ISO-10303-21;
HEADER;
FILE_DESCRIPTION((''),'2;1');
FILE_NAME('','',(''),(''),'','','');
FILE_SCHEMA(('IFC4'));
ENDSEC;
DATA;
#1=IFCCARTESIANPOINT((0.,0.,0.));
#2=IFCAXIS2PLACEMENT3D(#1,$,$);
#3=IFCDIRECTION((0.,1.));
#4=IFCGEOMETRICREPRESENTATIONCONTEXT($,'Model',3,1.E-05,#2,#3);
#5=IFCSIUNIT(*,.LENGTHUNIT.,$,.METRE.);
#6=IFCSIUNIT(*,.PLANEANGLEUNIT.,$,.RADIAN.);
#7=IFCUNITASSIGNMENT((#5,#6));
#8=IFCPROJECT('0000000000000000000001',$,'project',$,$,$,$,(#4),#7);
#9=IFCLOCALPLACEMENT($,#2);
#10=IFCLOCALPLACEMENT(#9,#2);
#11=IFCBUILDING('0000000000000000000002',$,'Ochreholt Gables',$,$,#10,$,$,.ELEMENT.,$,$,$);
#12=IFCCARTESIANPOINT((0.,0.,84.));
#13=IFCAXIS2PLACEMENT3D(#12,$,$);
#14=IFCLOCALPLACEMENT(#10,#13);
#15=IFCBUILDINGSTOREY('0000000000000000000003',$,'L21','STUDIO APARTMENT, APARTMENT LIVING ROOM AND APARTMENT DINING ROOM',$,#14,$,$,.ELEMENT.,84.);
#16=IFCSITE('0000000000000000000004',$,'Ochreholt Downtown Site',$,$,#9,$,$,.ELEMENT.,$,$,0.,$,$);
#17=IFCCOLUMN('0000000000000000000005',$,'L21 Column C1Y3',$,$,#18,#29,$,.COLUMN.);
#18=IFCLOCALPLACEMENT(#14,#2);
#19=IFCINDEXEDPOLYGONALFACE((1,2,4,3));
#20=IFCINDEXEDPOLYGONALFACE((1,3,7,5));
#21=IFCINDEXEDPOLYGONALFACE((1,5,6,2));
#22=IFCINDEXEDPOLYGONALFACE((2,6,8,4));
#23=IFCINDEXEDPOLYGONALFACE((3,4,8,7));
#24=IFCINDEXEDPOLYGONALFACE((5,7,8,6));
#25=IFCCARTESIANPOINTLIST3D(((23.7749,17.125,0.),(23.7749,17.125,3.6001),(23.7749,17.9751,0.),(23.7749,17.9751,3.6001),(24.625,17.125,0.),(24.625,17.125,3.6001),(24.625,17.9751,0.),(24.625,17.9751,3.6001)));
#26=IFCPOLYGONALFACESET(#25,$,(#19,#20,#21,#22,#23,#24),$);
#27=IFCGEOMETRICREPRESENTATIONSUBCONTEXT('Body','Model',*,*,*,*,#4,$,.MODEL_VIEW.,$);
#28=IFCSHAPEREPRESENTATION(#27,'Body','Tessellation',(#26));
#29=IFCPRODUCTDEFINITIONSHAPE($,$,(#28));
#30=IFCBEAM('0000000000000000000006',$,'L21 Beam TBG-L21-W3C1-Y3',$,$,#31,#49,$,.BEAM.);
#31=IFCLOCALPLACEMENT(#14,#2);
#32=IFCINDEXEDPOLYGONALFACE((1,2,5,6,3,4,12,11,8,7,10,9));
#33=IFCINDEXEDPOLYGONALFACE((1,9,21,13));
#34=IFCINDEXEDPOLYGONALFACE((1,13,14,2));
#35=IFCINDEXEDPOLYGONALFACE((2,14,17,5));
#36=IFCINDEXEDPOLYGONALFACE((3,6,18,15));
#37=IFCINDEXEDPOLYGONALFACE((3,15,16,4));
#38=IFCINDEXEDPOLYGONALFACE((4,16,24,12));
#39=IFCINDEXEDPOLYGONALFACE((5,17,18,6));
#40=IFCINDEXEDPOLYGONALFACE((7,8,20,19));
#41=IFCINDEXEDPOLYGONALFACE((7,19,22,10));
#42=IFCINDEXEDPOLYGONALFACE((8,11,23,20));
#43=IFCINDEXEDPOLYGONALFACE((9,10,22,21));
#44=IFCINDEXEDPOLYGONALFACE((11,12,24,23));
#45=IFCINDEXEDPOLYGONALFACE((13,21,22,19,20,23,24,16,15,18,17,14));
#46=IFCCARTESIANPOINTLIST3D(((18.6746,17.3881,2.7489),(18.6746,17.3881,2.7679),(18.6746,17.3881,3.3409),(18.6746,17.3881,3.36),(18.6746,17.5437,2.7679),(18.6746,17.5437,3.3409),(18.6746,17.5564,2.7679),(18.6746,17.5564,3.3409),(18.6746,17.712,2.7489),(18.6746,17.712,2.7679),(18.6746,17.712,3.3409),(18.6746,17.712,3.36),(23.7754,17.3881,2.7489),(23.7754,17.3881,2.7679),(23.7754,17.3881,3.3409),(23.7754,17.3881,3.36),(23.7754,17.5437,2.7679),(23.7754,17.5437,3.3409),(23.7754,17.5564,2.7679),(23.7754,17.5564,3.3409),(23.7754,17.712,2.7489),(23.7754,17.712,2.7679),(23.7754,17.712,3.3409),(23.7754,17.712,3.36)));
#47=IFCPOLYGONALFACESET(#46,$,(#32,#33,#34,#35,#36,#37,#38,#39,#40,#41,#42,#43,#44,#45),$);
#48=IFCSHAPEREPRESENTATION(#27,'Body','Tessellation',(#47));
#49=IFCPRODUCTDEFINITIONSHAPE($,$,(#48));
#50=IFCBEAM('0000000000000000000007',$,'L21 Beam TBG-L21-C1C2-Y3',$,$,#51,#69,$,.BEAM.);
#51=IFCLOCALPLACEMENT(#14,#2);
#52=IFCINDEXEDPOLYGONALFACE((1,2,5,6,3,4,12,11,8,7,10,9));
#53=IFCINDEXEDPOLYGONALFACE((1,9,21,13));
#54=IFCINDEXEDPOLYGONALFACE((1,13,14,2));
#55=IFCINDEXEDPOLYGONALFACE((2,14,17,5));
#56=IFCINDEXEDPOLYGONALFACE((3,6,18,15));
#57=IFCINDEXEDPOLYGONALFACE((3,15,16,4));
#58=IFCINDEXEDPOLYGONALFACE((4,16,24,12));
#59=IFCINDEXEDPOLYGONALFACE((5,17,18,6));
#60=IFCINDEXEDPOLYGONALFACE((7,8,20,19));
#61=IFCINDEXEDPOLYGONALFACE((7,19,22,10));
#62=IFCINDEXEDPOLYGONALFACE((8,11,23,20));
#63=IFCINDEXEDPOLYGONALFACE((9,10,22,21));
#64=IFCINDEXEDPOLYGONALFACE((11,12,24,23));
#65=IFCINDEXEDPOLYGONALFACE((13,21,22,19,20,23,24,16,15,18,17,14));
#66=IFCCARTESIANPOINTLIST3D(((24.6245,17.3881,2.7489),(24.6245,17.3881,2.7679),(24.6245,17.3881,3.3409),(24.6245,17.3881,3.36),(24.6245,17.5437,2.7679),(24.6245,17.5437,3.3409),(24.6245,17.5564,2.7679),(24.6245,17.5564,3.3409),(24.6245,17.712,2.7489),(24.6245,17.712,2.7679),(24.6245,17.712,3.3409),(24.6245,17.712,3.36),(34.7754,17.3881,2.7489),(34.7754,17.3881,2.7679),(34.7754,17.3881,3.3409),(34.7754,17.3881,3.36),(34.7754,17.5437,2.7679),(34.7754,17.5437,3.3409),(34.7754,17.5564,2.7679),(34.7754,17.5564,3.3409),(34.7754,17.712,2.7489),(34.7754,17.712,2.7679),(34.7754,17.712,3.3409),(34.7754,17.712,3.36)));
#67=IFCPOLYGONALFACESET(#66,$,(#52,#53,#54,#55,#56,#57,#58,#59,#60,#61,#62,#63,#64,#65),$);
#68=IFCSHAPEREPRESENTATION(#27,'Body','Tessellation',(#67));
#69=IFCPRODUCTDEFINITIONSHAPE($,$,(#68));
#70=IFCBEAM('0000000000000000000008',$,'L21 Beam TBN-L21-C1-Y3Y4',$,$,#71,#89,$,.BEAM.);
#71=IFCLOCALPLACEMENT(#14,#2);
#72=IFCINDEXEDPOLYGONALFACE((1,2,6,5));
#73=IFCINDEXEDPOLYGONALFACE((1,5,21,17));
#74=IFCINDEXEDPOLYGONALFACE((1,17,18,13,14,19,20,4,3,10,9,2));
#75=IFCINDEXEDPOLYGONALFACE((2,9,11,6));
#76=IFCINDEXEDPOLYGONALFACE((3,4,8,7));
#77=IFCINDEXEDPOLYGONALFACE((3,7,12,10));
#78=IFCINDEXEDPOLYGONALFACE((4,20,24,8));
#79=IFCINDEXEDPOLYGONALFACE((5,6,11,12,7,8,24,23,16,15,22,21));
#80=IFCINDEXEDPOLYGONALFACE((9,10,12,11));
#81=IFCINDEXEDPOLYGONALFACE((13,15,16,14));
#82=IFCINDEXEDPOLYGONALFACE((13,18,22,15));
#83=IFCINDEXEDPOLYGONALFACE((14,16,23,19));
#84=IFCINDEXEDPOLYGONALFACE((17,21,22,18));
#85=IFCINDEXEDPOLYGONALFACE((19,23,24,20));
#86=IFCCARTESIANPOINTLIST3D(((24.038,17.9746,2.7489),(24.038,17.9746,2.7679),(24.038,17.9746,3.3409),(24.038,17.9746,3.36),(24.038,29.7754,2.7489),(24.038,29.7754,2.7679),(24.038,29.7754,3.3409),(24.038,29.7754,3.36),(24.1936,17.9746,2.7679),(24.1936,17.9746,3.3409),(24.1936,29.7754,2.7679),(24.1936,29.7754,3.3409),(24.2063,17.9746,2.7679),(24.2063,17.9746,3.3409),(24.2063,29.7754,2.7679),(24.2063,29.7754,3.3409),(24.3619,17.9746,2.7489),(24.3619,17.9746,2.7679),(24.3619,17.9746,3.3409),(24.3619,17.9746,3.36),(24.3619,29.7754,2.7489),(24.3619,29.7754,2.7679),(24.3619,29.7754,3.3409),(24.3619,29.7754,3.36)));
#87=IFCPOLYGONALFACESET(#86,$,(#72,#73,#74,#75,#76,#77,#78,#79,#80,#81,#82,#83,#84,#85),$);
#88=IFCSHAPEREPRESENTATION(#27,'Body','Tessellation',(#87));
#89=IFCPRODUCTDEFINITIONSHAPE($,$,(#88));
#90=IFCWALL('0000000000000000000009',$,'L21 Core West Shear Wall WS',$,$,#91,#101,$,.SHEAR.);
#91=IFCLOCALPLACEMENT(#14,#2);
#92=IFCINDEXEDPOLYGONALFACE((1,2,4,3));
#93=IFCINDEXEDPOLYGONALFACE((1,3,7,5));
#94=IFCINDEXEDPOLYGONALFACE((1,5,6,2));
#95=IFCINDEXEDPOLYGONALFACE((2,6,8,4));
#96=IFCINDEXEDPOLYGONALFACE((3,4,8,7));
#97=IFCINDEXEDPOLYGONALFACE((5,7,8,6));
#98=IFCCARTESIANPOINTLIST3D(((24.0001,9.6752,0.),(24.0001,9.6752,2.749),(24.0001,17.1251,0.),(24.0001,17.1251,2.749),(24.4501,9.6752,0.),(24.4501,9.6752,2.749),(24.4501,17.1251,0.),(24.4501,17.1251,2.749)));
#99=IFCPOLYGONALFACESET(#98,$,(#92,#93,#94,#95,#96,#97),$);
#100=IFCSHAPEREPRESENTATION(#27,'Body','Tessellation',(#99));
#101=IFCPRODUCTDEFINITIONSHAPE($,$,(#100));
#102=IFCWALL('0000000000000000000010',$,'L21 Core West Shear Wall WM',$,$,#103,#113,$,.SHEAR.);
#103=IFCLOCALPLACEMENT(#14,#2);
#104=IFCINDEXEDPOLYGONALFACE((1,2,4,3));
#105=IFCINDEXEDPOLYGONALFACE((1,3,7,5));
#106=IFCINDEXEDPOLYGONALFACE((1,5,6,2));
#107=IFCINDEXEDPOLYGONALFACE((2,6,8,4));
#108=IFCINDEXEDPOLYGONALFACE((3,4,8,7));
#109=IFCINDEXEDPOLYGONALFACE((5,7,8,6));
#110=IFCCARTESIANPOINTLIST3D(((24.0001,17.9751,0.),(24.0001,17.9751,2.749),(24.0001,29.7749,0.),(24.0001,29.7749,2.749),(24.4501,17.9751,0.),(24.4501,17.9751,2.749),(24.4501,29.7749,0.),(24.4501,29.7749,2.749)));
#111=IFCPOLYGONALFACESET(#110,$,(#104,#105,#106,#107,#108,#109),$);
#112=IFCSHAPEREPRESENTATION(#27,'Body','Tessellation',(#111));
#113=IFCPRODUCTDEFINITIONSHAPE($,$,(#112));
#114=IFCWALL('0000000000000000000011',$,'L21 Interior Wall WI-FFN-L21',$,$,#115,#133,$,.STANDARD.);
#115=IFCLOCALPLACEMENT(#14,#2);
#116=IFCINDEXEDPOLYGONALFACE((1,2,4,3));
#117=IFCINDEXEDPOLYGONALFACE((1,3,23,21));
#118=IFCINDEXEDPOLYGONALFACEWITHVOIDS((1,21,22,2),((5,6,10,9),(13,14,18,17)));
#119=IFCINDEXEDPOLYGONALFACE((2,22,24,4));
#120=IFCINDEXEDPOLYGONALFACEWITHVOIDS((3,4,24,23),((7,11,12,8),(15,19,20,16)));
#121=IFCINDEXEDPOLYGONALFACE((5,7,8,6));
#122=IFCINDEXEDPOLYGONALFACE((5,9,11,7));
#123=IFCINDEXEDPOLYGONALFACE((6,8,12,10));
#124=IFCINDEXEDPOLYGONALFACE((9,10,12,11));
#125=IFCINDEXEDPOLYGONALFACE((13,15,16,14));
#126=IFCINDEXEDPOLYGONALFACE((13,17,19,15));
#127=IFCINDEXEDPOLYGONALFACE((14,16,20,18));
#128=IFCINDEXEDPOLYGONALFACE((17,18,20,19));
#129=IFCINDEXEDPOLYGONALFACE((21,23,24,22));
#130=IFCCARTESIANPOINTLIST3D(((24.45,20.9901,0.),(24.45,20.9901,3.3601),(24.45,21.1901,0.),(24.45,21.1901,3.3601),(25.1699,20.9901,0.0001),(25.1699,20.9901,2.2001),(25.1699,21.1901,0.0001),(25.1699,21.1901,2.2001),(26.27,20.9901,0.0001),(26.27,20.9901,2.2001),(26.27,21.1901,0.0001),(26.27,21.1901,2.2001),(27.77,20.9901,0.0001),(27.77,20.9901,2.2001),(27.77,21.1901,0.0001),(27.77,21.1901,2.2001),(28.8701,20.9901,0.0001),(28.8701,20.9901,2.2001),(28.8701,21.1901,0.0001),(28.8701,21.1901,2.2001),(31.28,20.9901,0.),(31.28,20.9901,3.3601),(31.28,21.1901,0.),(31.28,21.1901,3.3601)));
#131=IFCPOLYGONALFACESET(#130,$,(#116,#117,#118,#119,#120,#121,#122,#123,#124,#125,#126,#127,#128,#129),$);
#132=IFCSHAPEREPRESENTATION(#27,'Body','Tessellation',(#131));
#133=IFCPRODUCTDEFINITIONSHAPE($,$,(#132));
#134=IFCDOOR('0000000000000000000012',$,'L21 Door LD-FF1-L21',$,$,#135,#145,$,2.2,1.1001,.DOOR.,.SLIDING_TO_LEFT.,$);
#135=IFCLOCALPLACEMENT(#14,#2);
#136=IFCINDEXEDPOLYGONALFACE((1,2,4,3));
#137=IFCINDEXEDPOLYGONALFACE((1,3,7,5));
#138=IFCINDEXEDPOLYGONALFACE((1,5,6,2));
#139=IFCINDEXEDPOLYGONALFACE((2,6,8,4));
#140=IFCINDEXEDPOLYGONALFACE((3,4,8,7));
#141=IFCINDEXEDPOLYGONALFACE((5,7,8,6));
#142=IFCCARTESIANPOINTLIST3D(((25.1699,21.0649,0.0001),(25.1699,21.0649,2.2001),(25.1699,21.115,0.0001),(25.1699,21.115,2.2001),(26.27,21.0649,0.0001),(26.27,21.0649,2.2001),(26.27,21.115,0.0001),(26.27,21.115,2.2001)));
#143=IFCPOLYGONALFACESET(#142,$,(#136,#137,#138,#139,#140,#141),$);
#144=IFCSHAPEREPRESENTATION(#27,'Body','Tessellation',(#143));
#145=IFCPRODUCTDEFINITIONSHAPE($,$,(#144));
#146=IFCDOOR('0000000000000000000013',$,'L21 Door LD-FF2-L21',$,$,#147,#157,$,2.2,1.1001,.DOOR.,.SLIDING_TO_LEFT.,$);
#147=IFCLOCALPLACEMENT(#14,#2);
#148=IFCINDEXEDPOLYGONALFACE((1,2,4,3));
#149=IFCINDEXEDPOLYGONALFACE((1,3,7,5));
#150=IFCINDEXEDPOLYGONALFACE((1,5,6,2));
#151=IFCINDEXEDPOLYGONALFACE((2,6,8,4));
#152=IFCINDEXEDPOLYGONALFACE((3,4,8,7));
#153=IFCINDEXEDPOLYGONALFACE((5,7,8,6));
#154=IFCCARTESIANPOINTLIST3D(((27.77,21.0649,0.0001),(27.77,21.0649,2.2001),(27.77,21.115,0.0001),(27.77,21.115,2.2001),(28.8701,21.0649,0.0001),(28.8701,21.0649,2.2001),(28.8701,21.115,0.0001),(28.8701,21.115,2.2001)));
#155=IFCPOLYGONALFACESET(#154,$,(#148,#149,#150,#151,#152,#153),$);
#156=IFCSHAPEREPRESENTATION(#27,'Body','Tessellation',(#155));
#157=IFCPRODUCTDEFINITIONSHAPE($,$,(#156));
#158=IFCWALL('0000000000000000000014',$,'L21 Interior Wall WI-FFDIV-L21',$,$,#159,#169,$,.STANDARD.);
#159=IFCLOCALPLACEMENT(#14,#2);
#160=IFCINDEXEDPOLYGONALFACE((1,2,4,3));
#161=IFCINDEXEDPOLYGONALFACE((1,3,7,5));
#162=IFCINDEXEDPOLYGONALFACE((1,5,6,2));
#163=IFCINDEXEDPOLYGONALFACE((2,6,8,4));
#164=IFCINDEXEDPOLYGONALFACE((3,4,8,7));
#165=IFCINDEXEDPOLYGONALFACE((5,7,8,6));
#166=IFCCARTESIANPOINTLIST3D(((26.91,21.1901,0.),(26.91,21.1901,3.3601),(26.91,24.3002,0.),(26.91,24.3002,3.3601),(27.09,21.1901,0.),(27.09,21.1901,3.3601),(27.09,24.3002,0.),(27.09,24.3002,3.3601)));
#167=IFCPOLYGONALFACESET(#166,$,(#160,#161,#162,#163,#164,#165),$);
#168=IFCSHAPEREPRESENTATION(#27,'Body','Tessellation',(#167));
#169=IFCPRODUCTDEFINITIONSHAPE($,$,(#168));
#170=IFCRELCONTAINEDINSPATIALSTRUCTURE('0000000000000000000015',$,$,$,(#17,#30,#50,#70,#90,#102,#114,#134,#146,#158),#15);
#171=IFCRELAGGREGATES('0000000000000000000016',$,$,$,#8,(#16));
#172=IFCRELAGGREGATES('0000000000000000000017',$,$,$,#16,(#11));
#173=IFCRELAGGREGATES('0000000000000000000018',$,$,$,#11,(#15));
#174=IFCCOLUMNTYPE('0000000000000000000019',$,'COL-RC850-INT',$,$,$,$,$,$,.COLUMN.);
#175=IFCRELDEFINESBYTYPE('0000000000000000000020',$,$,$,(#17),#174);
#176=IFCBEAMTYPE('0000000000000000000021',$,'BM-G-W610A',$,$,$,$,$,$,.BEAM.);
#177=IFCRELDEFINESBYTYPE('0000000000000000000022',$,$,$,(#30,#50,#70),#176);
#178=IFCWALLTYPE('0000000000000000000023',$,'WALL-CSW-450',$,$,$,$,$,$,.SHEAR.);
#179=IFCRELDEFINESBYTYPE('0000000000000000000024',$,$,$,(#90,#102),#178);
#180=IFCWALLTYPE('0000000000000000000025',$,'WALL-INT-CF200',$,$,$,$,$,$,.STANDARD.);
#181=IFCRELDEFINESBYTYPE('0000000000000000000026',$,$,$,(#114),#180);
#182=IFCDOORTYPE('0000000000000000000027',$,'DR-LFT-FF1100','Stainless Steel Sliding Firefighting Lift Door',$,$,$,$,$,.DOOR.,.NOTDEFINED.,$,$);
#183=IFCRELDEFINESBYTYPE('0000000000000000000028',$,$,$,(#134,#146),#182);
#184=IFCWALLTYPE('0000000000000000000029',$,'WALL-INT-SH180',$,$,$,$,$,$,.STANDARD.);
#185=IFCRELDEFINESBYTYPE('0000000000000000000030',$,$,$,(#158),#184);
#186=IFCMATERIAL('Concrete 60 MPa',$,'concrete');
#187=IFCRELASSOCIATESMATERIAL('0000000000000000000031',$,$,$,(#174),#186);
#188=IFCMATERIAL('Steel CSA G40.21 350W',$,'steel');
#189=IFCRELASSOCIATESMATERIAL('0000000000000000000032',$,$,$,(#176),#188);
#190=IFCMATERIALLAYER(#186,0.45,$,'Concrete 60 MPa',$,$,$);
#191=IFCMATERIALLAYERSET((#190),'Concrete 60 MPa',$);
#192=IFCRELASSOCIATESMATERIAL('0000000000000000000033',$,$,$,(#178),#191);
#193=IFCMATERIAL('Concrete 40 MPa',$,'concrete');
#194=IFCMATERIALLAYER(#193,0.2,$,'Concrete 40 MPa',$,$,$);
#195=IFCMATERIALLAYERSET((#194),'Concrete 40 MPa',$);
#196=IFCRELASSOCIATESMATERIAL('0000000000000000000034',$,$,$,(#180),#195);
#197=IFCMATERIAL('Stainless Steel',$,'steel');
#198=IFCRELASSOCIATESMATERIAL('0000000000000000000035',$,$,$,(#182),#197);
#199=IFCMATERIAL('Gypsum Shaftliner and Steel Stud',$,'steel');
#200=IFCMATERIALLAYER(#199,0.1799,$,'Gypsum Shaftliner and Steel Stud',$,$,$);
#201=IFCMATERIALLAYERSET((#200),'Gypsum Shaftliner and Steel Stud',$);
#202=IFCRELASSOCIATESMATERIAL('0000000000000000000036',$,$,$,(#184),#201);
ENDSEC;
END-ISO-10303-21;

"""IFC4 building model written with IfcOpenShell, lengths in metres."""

from ifc_helpers import new_model, si_unit, direction, frame, frame_2d, origin, origin_2d, place, context, subcontext, project, spatial, rectangle, i_section, extrude, material, layer, layer_set, material_profile, profile_set, type_object, element, fill, save


model = new_model("IFC4")

# Units and contexts
model_context = context("Model", 3, precision=1e-05, world=origin(), true_north=direction((0.0, 1.0)))
body_context = subcontext(model_context, "Body", "Model", "MODEL_VIEW")
ifc_project = project(units=[si_unit("LENGTHUNIT", "METRE"), si_unit("PLANEANGLEUNIT", "RADIAN")], contexts=[model_context])

# Site, building, storey
site_placement = place(None, origin())
site = spatial("IfcSite", under=ifc_project, at=site_placement, Name="Ochreholt Downtown Site", CompositionType="ELEMENT", RefElevation=0.0)
building_placement = place(site_placement, origin())
building = spatial("IfcBuilding", under=site, at=building_placement, Name="Ochreholt Gables", CompositionType="ELEMENT")
storey_placement = place(building_placement, frame((0.0, 0.0, 84.0)))
storey = spatial("IfcBuildingStorey", under=building, at=storey_placement, Name="L21", Description="STUDIO APARTMENT, APARTMENT LIVING ROOM AND APARTMENT DINING ROOM", CompositionType="ELEMENT", Elevation=84.0)

# Column
ifc_material_1 = material(Name="Concrete 60 MPa", Category="concrete")
ifc_material_profile_1 = material_profile(ifc_material_1, rectangle(XDim=0.8501, YDim=0.8501, at=origin_2d()), Name="RC850X850")
ifc_profile_set_1 = profile_set([ifc_material_profile_1], Name="Concrete 60 MPa")
column_type = type_object("IfcColumnType", Name="COL-RC850-INT", PredefinedType="COLUMN", material=ifc_profile_set_1)
column_placement = place(storey_placement, frame((24.2, 17.55, 0.0), z_axis=(0.0, 0.0, 1.0), x_axis=(1.0, 0.0, 0.0)))
element("IfcColumn", 1, at=column_placement, inside=storey, type_object=column_type, Name="L21 Column C1Y3", PredefinedType="COLUMN", context=body_context, shape_type="SweptSolid", body=[
    extrude(rectangle(XDim=0.8501, YDim=0.8501, at=origin_2d()), origin(), (0.0, 0.0, 1.0), 3.6001),
])

# Beams
ifc_material_2 = material(Name="Steel CSA G40.21 350W", Category="steel")
ifc_material_profile_2 = material_profile(ifc_material_2, i_section(OverallWidth=0.324, OverallDepth=0.6111, WebThickness=0.0127, FlangeThickness=0.019, at=origin_2d()), Name="W610X155")
ifc_profile_set_2 = profile_set([ifc_material_profile_2], Name="Steel CSA G40.21 350W")
beam_type = type_object("IfcBeamType", Name="BM-G-W610A", PredefinedType="BEAM", material=ifc_profile_set_2)
beam_1_placement = place(storey_placement, frame((18.6746, 17.55, 3.0544), z_axis=(1.0, 0.0, 0.0), x_axis=(0.0, 1.0, 0.0)))
element("IfcBeam", 2, at=beam_1_placement, inside=storey, type_object=beam_type, Name="L21 Beam TBG-L21-W3C1-Y3", PredefinedType="BEAM", context=body_context, shape_type="SweptSolid", body=[
    extrude(i_section(OverallWidth=0.324, OverallDepth=0.6111, WebThickness=0.0127, FlangeThickness=0.019, at=origin_2d()), origin(), (0.0, 0.0, 1.0), 5.1008),
])
beam_2_placement = place(storey_placement, frame((24.6245, 17.55, 3.0544), z_axis=(1.0, 0.0, 0.0), x_axis=(0.0, 1.0, 0.0)))
element("IfcBeam", 3, at=beam_2_placement, inside=storey, type_object=beam_type, Name="L21 Beam TBG-L21-C1C2-Y3", PredefinedType="BEAM", context=body_context, shape_type="SweptSolid", body=[
    extrude(i_section(OverallWidth=0.324, OverallDepth=0.6111, WebThickness=0.0127, FlangeThickness=0.019, at=origin_2d()), origin(), (0.0, 0.0, 1.0), 10.1509),
])
beam_3_placement = place(storey_placement, frame((24.2, 17.9746, 3.0544), z_axis=(0.0, 1.0, 0.0), x_axis=(-1.0, 0.0, 0.0)))
element("IfcBeam", 4, at=beam_3_placement, inside=storey, type_object=beam_type, Name="L21 Beam TBN-L21-C1-Y3Y4", PredefinedType="BEAM", context=body_context, shape_type="SweptSolid", body=[
    extrude(i_section(OverallWidth=0.324, OverallDepth=0.6111, WebThickness=0.0127, FlangeThickness=0.019, at=origin_2d()), origin(), (0.0, 0.0, 1.0), 11.8008),
])

# Walls
ifc_layer_1 = layer(ifc_material_1, 0.45, Name="Concrete 60 MPa")
ifc_layer_set_1 = layer_set([ifc_layer_1], Name="Concrete 60 MPa")
wall_type_1 = type_object("IfcWallType", Name="WALL-CSW-450", PredefinedType="SHEAR", material=ifc_layer_set_1)
wall_1_placement = place(storey_placement, frame((24.2251, 9.675, 0.0), z_axis=(0.0, 0.0, 1.0), x_axis=(0.0, 1.0, 0.0)))
element("IfcWall", 5, at=wall_1_placement, inside=storey, type_object=wall_type_1, Name="L21 Core West Shear Wall WS", PredefinedType="SHEAR", context=body_context, shape_type="SweptSolid", body=[
    extrude(rectangle(XDim=7.45, YDim=0.45, at=frame_2d((3.7251, 0.0))), origin(), (0.0, 0.0, 1.0), 2.749),
])
wall_2_placement = place(storey_placement, frame((24.2251, 17.9751, 0.0), z_axis=(0.0, 0.0, 1.0), x_axis=(0.0, 1.0, 0.0)))
element("IfcWall", 6, at=wall_2_placement, inside=storey, type_object=wall_type_1, Name="L21 Core West Shear Wall WM", PredefinedType="SHEAR", context=body_context, shape_type="SweptSolid", body=[
    extrude(rectangle(XDim=11.7998, YDim=0.45, at=frame_2d((5.8999, 0.0))), origin(), (0.0, 0.0, 1.0), 2.749),
])

# Wall, openings, doors
ifc_material_3 = material(Name="Concrete 40 MPa", Category="concrete")
ifc_layer_2 = layer(ifc_material_3, 0.2, Name="Concrete 40 MPa")
ifc_layer_set_2 = layer_set([ifc_layer_2], Name="Concrete 40 MPa")
wall_type_2 = type_object("IfcWallType", Name="WALL-INT-CF200", PredefinedType="STANDARD", material=ifc_layer_set_2)
wall_3_placement = place(storey_placement, frame((24.45, 21.0901, 0.0), z_axis=(0.0, 0.0, 1.0), x_axis=(1.0, 0.0, 0.0)))
wall_3 = element("IfcWall", 7, at=wall_3_placement, inside=storey, type_object=wall_type_2, Name="L21 Interior Wall WI-FFN-L21", PredefinedType="STANDARD", context=body_context, shape_type="SweptSolid", body=[
    extrude(rectangle(XDim=6.8301, YDim=0.2, at=frame_2d((3.415, 0.0))), origin(), (0.0, 0.0, 1.0), 3.3601),
])
opening_1_placement = place(wall_3_placement, frame((0.72, 0.0, 0.0)))
opening_1 = element("IfcOpeningElement", 8, at=opening_1_placement, cuts=wall_3, PredefinedType="OPENING", context=body_context, shape_type="SweptSolid", body=[
    extrude(rectangle(XDim=1.1001, YDim=2.2, at=frame_2d((0.55, 1.1001))), frame((0.0, 0.1099, 0.0), z_axis=(0.0, -1.0, 0.0), x_axis=(1.0, 0.0, 0.0)), (0.0, 0.0, 1.0), 0.22),
])
opening_2_placement = place(wall_3_placement, frame((3.3201, 0.0, 0.0)))
opening_2 = element("IfcOpeningElement", 9, at=opening_2_placement, cuts=wall_3, PredefinedType="OPENING", context=body_context, shape_type="SweptSolid", body=[
    extrude(rectangle(XDim=1.1001, YDim=2.2, at=frame_2d((0.55, 1.1001))), frame((0.0, 0.1099, 0.0), z_axis=(0.0, -1.0, 0.0), x_axis=(1.0, 0.0, 0.0)), (0.0, 0.0, 1.0), 0.22),
])
ifc_material_4 = material(Name="Stainless Steel", Category="steel")
door_type_1 = type_object("IfcDoorType", Name="DR-LFT-FF1100", Description="Stainless Steel Sliding Firefighting Lift Door", OperationType="NOTDEFINED", PredefinedType="DOOR", material=ifc_material_4)
door_1_placement = place(opening_1_placement, origin())
door_1 = element("IfcDoor", 10, at=door_1_placement, inside=storey, type_object=door_type_1, Name="L21 Door LD-FF1-L21", OperationType="SLIDING_TO_LEFT", OverallHeight=2.2, OverallWidth=1.1001, PredefinedType="DOOR", context=body_context, shape_type="SweptSolid", body=[
    extrude(rectangle(XDim=1.1001, YDim=2.2, at=frame_2d((0.55, 1.1001))), frame((0.0, 0.0249, 0.0), z_axis=(0.0, -1.0, 0.0), x_axis=(1.0, 0.0, 0.0)), (0.0, 0.0, 1.0), 0.05),
])
fill(opening_1, door_1)
door_2_placement = place(opening_2_placement, origin())
door_2 = element("IfcDoor", 11, at=door_2_placement, inside=storey, type_object=door_type_1, Name="L21 Door LD-FF2-L21", OperationType="SLIDING_TO_LEFT", OverallHeight=2.2, OverallWidth=1.1001, PredefinedType="DOOR", context=body_context, shape_type="SweptSolid", body=[
    extrude(rectangle(XDim=1.1001, YDim=2.2, at=frame_2d((0.55, 1.1001))), frame((0.0, 0.0249, 0.0), z_axis=(0.0, -1.0, 0.0), x_axis=(1.0, 0.0, 0.0)), (0.0, 0.0, 1.0), 0.05),
])
fill(opening_2, door_2)

# Wall
ifc_material_5 = material(Name="Gypsum Shaftliner and Steel Stud", Category="steel")
ifc_layer_3 = layer(ifc_material_5, 0.1799, Name="Gypsum Shaftliner and Steel Stud")
ifc_layer_set_3 = layer_set([ifc_layer_3], Name="Gypsum Shaftliner and Steel Stud")
wall_type_3 = type_object("IfcWallType", Name="WALL-INT-SH180", PredefinedType="STANDARD", material=ifc_layer_set_3)
wall_4_placement = place(storey_placement, frame((27.0, 21.1899, 0.0), z_axis=(0.0, 0.0, 1.0), x_axis=(0.0, 1.0, 0.0)))
element("IfcWall", 12, at=wall_4_placement, inside=storey, type_object=wall_type_3, Name="L21 Interior Wall WI-FFDIV-L21", PredefinedType="STANDARD", context=body_context, shape_type="SweptSolid", body=[
    extrude(rectangle(XDim=3.1101, YDim=0.1799, at=frame_2d((1.5552, 0.0))), origin(), (0.0, 0.0, 1.0), 3.3601),
])

save(model, "model.ifc")
